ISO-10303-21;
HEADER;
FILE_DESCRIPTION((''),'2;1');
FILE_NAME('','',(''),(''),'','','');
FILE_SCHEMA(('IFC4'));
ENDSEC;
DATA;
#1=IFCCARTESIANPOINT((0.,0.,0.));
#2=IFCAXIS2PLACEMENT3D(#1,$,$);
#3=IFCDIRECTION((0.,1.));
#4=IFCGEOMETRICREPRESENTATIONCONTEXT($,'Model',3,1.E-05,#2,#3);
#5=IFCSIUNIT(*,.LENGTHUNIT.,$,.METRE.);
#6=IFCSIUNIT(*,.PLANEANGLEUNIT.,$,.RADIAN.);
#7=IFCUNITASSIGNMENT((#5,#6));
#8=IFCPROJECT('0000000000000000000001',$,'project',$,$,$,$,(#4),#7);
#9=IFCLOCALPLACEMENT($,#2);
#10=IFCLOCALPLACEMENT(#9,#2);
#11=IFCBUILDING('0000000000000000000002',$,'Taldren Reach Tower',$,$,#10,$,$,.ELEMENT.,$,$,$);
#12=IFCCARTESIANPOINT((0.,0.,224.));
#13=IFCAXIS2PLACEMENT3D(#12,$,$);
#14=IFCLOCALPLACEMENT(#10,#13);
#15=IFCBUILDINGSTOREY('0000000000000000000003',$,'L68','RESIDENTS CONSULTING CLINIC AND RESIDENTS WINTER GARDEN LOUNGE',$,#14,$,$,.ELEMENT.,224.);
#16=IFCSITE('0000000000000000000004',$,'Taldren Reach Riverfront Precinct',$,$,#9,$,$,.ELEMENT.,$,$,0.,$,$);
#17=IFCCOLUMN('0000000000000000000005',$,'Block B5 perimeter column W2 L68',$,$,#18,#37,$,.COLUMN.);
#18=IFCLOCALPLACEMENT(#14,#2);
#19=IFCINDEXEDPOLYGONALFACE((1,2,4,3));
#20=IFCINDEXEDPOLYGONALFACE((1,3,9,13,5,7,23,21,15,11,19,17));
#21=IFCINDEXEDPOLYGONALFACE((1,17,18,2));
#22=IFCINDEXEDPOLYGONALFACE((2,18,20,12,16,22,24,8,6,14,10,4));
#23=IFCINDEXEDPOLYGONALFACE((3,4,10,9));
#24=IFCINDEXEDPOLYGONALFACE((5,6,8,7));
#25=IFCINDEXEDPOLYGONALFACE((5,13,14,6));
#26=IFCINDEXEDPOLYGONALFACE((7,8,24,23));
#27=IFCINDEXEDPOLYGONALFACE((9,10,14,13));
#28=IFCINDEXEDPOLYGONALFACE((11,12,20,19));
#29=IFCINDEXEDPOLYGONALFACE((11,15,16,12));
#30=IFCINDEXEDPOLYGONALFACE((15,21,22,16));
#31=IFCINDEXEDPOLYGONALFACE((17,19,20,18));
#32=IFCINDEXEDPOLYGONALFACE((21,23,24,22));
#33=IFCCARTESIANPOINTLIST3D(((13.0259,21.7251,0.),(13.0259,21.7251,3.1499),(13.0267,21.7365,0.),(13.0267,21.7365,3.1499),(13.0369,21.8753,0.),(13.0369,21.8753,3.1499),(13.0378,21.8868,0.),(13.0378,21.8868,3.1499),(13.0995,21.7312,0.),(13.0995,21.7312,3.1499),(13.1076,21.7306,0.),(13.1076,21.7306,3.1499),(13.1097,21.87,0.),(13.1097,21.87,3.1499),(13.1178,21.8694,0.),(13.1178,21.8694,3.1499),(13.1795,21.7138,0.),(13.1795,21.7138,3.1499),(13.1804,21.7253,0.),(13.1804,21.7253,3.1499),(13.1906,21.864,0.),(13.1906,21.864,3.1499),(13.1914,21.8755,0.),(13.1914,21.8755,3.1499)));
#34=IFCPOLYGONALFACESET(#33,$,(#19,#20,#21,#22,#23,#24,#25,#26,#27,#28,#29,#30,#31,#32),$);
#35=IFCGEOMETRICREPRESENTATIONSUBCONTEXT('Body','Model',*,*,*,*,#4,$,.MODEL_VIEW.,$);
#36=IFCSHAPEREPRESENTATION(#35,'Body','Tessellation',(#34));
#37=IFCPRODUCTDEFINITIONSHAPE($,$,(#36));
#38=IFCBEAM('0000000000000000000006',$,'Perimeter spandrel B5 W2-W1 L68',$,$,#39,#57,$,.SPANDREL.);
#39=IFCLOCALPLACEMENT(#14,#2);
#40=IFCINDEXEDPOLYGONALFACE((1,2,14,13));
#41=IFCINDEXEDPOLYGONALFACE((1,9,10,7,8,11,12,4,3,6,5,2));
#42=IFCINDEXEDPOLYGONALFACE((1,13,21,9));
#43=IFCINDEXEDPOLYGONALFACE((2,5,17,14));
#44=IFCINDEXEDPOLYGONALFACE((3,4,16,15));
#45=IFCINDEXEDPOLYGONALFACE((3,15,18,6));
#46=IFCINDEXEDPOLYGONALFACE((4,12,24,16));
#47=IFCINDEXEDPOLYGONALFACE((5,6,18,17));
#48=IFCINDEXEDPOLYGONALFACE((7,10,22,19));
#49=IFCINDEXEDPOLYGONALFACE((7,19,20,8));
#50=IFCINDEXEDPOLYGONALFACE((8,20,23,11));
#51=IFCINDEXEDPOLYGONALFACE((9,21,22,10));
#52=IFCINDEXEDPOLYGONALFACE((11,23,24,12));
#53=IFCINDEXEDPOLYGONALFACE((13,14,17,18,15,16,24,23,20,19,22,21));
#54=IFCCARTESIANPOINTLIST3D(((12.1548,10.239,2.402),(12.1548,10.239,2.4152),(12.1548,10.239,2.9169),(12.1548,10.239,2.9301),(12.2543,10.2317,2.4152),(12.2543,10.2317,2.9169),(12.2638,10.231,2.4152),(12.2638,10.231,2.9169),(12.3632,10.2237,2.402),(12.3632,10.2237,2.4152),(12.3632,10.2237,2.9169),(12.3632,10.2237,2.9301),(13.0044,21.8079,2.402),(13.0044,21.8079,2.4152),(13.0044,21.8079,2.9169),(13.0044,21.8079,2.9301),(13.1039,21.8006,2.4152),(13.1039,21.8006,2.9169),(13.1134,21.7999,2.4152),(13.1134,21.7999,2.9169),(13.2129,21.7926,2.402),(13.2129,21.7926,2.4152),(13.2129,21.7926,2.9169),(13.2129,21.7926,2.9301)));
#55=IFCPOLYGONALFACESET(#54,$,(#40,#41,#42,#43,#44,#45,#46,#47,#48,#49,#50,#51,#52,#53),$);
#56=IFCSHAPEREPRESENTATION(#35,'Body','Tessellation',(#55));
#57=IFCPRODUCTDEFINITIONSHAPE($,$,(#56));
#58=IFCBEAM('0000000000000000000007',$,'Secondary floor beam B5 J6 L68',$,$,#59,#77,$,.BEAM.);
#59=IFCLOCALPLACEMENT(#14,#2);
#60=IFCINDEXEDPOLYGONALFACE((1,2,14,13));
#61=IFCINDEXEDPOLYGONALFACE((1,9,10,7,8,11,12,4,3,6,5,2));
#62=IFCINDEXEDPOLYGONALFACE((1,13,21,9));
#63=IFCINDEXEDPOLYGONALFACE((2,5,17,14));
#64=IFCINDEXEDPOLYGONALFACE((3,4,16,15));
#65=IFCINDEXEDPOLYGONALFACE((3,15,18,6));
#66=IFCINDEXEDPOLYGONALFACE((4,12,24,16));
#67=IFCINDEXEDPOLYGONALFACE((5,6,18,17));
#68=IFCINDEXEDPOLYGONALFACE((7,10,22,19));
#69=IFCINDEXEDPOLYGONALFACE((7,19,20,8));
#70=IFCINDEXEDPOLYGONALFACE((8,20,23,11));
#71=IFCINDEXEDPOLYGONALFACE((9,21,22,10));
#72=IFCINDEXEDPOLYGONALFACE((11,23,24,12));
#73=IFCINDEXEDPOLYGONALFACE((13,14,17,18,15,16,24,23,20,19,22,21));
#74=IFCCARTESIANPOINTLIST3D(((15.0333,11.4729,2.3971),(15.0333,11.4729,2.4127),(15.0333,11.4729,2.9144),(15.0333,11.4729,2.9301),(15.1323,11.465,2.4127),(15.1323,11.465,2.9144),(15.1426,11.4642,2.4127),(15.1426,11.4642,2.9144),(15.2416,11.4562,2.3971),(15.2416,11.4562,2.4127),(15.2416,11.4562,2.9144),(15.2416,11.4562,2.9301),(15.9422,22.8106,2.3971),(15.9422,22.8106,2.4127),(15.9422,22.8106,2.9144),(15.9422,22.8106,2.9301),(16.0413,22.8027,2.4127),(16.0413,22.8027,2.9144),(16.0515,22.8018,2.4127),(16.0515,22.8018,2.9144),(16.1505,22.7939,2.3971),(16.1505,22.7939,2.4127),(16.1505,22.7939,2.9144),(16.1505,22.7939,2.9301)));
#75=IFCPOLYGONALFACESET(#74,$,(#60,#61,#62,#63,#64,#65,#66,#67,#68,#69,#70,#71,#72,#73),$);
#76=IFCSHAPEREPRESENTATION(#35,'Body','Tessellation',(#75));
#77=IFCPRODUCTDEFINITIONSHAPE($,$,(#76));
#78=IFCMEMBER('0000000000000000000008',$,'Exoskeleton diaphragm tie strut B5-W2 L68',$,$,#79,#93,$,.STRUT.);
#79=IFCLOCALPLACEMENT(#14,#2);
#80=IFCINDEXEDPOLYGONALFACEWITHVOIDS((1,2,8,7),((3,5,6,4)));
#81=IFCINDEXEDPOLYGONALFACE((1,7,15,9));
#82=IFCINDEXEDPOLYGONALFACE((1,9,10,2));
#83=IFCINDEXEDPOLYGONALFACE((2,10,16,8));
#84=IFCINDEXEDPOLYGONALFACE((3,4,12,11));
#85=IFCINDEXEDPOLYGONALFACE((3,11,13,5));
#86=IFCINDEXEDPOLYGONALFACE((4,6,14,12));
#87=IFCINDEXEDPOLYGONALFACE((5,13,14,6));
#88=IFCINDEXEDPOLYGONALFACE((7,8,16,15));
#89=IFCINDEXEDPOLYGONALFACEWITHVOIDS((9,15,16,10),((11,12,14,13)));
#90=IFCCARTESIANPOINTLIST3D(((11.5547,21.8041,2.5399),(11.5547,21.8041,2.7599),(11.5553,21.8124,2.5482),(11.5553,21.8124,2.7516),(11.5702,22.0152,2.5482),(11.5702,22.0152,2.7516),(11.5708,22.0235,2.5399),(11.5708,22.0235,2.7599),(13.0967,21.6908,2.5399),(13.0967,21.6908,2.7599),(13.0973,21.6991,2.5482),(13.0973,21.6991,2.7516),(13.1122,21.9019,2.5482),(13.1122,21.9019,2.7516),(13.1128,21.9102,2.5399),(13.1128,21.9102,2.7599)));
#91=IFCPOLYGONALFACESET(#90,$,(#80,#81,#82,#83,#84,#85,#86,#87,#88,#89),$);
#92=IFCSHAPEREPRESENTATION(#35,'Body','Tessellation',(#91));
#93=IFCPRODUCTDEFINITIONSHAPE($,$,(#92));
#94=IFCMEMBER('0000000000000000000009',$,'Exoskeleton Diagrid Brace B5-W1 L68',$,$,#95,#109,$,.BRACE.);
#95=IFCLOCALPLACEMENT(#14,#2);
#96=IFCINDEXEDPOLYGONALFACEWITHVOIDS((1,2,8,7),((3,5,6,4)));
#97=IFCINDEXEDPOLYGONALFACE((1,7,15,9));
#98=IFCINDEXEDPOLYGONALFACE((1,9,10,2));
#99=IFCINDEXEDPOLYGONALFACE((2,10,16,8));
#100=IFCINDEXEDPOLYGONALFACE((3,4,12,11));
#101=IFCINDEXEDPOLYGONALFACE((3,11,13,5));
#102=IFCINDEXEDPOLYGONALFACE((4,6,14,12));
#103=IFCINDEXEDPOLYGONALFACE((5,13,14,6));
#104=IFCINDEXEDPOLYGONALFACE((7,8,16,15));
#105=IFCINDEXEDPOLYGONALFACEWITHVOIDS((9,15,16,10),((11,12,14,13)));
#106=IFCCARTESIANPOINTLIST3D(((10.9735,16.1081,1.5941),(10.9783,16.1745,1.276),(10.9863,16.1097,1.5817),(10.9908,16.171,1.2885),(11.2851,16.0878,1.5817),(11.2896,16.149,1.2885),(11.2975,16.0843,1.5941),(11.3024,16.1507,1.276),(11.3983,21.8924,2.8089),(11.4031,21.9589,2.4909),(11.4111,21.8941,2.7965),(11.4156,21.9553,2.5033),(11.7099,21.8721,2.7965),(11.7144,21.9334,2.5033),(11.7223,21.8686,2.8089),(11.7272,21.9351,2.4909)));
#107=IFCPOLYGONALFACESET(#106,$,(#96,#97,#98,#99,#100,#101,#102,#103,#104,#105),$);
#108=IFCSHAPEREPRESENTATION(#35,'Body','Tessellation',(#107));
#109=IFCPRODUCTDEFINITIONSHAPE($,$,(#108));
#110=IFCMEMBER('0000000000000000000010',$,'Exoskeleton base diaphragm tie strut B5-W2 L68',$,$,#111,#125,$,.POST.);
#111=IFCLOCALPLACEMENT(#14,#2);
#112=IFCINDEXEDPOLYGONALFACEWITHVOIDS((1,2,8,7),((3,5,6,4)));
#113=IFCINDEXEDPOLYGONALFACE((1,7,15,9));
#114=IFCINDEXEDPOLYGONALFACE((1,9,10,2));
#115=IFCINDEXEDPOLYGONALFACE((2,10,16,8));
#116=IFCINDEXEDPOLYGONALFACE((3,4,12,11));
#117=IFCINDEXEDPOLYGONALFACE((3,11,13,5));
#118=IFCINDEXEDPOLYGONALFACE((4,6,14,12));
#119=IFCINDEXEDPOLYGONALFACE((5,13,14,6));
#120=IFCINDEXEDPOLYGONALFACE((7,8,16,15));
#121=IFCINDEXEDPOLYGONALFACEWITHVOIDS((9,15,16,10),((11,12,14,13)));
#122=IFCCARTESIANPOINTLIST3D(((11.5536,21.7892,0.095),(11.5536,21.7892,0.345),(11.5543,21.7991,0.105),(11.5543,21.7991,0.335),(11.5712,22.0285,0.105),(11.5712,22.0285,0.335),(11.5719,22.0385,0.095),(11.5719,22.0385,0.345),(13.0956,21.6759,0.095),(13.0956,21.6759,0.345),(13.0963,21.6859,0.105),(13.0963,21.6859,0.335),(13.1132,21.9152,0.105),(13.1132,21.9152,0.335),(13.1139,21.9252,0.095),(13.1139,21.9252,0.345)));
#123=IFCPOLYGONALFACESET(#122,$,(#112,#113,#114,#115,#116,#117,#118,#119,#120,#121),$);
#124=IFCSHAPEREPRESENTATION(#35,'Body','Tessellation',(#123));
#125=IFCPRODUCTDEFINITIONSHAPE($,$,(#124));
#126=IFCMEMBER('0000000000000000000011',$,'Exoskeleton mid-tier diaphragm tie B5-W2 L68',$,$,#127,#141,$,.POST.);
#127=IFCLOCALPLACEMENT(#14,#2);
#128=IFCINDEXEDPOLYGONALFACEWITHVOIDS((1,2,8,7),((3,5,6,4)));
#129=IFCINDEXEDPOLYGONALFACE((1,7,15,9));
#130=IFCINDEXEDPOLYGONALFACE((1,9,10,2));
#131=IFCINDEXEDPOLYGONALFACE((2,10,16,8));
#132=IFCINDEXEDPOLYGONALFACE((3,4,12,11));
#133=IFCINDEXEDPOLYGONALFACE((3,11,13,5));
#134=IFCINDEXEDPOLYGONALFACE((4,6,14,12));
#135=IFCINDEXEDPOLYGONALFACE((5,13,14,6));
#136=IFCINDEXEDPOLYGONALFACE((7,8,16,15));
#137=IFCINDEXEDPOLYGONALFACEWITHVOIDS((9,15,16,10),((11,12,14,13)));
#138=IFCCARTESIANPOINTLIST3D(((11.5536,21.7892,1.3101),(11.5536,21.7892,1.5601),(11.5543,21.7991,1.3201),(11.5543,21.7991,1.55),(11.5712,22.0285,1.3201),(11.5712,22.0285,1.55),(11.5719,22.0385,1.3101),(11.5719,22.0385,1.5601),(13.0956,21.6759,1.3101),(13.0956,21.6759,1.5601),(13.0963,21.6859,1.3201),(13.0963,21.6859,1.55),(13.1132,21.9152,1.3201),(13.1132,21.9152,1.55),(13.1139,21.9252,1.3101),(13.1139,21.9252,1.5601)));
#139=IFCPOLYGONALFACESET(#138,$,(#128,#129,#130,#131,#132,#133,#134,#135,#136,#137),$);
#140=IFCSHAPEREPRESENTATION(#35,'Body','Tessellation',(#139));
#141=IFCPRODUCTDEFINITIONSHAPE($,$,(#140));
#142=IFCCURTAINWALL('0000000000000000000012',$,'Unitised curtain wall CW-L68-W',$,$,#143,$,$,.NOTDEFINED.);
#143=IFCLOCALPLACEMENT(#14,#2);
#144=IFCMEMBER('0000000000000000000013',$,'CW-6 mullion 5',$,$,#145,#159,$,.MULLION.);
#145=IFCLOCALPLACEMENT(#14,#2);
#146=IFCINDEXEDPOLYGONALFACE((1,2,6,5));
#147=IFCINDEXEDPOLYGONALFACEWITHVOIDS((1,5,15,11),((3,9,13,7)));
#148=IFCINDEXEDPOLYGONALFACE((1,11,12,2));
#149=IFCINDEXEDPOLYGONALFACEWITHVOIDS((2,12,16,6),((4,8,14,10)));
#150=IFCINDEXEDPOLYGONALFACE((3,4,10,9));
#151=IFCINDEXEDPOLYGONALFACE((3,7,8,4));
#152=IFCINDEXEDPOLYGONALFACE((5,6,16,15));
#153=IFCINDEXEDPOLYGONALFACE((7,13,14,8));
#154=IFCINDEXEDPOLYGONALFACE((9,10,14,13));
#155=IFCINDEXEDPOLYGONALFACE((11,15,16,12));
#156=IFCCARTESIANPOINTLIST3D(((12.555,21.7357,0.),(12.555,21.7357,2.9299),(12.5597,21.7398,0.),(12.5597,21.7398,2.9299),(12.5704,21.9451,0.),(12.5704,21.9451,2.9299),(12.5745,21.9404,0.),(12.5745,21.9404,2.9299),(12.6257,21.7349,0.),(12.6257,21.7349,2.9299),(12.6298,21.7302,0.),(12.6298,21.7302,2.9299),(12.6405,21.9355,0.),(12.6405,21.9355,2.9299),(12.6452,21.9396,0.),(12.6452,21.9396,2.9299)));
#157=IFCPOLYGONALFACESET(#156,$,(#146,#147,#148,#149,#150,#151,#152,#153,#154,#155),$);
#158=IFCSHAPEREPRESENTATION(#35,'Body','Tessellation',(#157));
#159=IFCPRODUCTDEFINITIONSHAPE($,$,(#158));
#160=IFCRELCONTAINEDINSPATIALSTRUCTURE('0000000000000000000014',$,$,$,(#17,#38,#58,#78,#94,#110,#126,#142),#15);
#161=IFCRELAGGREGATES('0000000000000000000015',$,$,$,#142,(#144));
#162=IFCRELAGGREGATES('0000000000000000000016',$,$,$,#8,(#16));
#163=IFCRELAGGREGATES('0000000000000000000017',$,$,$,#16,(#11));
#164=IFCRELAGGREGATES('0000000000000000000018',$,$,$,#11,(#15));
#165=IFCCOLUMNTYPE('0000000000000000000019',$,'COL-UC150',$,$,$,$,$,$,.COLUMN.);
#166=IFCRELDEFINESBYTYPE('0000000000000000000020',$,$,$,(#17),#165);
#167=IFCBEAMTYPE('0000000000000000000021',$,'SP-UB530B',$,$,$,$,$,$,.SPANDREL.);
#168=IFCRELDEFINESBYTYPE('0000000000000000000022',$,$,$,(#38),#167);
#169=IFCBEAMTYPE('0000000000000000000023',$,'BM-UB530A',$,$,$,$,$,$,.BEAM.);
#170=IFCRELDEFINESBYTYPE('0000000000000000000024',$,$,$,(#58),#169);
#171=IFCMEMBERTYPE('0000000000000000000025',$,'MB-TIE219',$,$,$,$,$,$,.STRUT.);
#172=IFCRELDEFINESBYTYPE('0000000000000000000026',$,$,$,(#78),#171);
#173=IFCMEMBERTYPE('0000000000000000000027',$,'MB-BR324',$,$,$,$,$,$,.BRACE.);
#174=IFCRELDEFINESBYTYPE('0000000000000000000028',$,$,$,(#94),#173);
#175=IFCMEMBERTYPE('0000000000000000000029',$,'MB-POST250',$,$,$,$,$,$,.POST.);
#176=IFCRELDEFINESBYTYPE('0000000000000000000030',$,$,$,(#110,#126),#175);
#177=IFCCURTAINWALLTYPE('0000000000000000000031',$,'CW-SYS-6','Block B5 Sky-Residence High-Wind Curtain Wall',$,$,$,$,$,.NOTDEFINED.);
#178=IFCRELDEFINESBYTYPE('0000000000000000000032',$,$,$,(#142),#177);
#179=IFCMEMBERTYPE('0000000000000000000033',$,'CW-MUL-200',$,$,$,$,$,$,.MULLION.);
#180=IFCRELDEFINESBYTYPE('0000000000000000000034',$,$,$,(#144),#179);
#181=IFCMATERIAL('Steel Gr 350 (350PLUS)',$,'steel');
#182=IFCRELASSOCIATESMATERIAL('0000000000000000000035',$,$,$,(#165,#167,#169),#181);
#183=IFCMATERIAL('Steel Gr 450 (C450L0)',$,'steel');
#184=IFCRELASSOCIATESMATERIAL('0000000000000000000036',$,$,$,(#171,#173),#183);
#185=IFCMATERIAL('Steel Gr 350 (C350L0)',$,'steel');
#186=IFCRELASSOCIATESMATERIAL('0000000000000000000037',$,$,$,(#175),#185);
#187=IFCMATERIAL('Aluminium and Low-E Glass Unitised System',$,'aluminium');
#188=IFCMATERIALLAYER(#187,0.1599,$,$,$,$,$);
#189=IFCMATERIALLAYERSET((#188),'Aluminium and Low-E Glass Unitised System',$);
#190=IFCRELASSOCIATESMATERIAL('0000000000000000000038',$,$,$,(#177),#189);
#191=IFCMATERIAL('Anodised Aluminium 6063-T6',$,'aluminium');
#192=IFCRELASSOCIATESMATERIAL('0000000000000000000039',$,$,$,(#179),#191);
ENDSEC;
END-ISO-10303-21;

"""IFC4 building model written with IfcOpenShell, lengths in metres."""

from ifc_helpers import new_model, si_unit, direction, frame, origin, origin_2d, place, context, subcontext, project, spatial, hollow_rectangle, i_section, extrude, source, transform, mapped, material, layer, layer_set, material_profile, profile_set, type_object, element, aggregate, save


model = new_model("IFC4")

# Units and contexts
model_context = context("Model", 3, precision=1e-05, world=origin(), true_north=direction((0.0, 1.0)))
body_context = subcontext(model_context, "Body", "Model", "MODEL_VIEW")
ifc_project = project(units=[si_unit("LENGTHUNIT", "METRE"), si_unit("PLANEANGLEUNIT", "RADIAN")], contexts=[model_context])

# Site, building, storey
site_placement = place(None, origin())
site = spatial("IfcSite", under=ifc_project, at=site_placement, Name="Taldren Reach Riverfront Precinct", CompositionType="ELEMENT", RefElevation=0.0)
building_placement = place(site_placement, origin())
building = spatial("IfcBuilding", under=site, at=building_placement, Name="Taldren Reach Tower", CompositionType="ELEMENT")
storey_placement = place(building_placement, frame((0.0, 0.0, 224.0)))
storey = spatial("IfcBuildingStorey", under=building, at=storey_placement, Name="L68", Description="RESIDENTS CONSULTING CLINIC AND RESIDENTS WINTER GARDEN LOUNGE", CompositionType="ELEMENT", Elevation=224.0)

# Column
ifc_material_1 = material(Name="Steel Gr 350 (350PLUS)", Category="steel")
ifc_material_profile_1 = material_profile(ifc_material_1, i_section(OverallWidth=0.1541, OverallDepth=0.1621, WebThickness=0.0081, FlangeThickness=0.0115, at=origin_2d()), Name="150UC37.2")
ifc_profile_set_1 = profile_set([ifc_material_profile_1], Name="Steel Gr 350 (350PLUS)")
column_type = type_object("IfcColumnType", Name="COL-UC150", PredefinedType="COLUMN", material=ifc_profile_set_1)
shared_shape_1 = source(origin(), body_context, "Body", "SweptSolid", [
    extrude(i_section(OverallWidth=0.1541, OverallDepth=0.1621, WebThickness=0.0081, FlangeThickness=0.0115, at=origin_2d()), origin(), (0.0, 0.0, 1.0), 3.1499),
])
column_placement = place(storey_placement, frame((13.1086, 21.8003, 0.0), z_axis=(0.0, 0.0, 1.0), x_axis=(0.997314, -0.073238, 0.0)))
element("IfcColumn", 1, at=column_placement, inside=storey, type_object=column_type, Name="Block B5 perimeter column W2 L68", PredefinedType="COLUMN", context=body_context, shape_type="MappedRepresentation", body=[
    mapped(shared_shape_1, transform((0.0, 0.0, 0.0), scale=1.0)),
])

# Beams
ifc_material_profile_2 = material_profile(ifc_material_1, i_section(OverallWidth=0.209, OverallDepth=0.5281, WebThickness=0.0095, FlangeThickness=0.0132, at=origin_2d()), Name="530UB82.0")
ifc_profile_set_2 = profile_set([ifc_material_profile_2], Name="Steel Gr 350 (350PLUS)")
beam_type_1 = type_object("IfcBeamType", Name="SP-UB530B", PredefinedType="SPANDREL", material=ifc_profile_set_2)
shared_shape_2 = source(origin(), body_context, "Body", "SweptSolid", [
    extrude(i_section(OverallWidth=0.209, OverallDepth=0.5281, WebThickness=0.0095, FlangeThickness=0.0132, at=origin_2d()), origin(), (0.0, 0.0, 1.0), 11.6001),
])
beam_1_placement = place(storey_placement, frame((13.1086, 21.8003, 2.666), z_axis=(-0.073242, -0.997314, 0.0), x_axis=(0.997314, -0.073242, 0.0)))
element("IfcBeam", 2, at=beam_1_placement, inside=storey, type_object=beam_type_1, Name="Perimeter spandrel B5 W2-W1 L68", PredefinedType="SPANDREL", context=body_context, shape_type="MappedRepresentation", body=[
    mapped(shared_shape_2, transform((0.0, 0.0, 0.0), scale=1.0)),
])
ifc_material_profile_3 = material_profile(ifc_material_1, i_section(OverallWidth=0.209, OverallDepth=0.533, WebThickness=0.0103, FlangeThickness=0.0156, at=origin_2d()), Name="530UB92.4")
ifc_profile_set_3 = profile_set([ifc_material_profile_3], Name="Steel Gr 350 (350PLUS)")
beam_type_2 = type_object("IfcBeamType", Name="BM-UB530A", PredefinedType="BEAM", material=ifc_profile_set_3)
shared_shape_3 = source(origin(), body_context, "Body", "SweptSolid", [
    extrude(i_section(OverallWidth=0.209, OverallDepth=0.533, WebThickness=0.0103, FlangeThickness=0.0156, at=origin_2d()), origin(), (0.0, 0.0, 1.0), 11.374),
])
beam_2_placement = place(storey_placement, frame((15.1375, 11.4646, 2.6636), z_axis=(0.079913, 0.996802, 0.0), x_axis=(-0.996802, 0.079913, 0.0)))
element("IfcBeam", 3, at=beam_2_placement, inside=storey, type_object=beam_type_2, Name="Secondary floor beam B5 J6 L68", PredefinedType="BEAM", context=body_context, shape_type="MappedRepresentation", body=[
    mapped(shared_shape_3, transform((0.0, 0.0, 0.0), scale=1.0)),
])

# Members
ifc_material_2 = material(Name="Steel Gr 450 (C450L0)", Category="steel")
ifc_material_profile_4 = material_profile(ifc_material_2, hollow_rectangle(XDim=0.22, YDim=0.22, WallThickness=0.0083, at=origin_2d()), Name="220x220x8.2SHS")
ifc_profile_set_4 = profile_set([ifc_material_profile_4], Name="Steel Gr 450 (C450L0)")
member_type_1 = type_object("IfcMemberType", Name="MB-TIE219", PredefinedType="STRUT", material=ifc_profile_set_4)
shared_shape_4 = source(origin(), body_context, "Body", "SweptSolid", [
    extrude(hollow_rectangle(XDim=0.22, YDim=0.22, WallThickness=0.0083, at=origin_2d()), origin(), (0.0, 0.0, 1.0), 1.5461),
])
member_1_placement = place(storey_placement, frame((13.1047, 21.8005, 2.6499), z_axis=(-0.997312, 0.073267, 0.0), x_axis=(-0.073267, -0.997312, 0.0)))
element("IfcMember", 4, at=member_1_placement, inside=storey, type_object=member_type_1, Name="Exoskeleton diaphragm tie strut B5-W2 L68", PredefinedType="STRUT", context=body_context, shape_type="MappedRepresentation", body=[
    mapped(shared_shape_4, transform((0.0, 0.0, 0.0), scale=1.0)),
])
ifc_material_profile_5 = material_profile(ifc_material_2, hollow_rectangle(XDim=0.325, YDim=0.325, WallThickness=0.0127, at=origin_2d()), Name="325x325x12.7SHS")
ifc_profile_set_5 = profile_set([ifc_material_profile_5], Name="Steel Gr 450 (C450L0)")
member_type_2 = type_object("IfcMemberType", Name="MB-BR324", PredefinedType="BRACE", material=ifc_profile_set_5)
shared_shape_5 = source(origin(), body_context, "Body", "SweptSolid", [
    extrude(hollow_rectangle(XDim=0.325, YDim=0.325, WallThickness=0.0127, at=origin_2d()), origin(), (0.0, 0.0, 1.0), 5.9258),
])
member_2_placement = place(storey_placement, frame((11.1379, 16.1294, 1.4351), z_axis=(0.071687, 0.976132, 0.205007), x_axis=(-0.997314, 0.073242, 0.0)))
element("IfcMember", 5, at=member_2_placement, inside=storey, type_object=member_type_2, Name="Exoskeleton Diagrid Brace B5-W1 L68", PredefinedType="BRACE", context=body_context, shape_type="MappedRepresentation", body=[
    mapped(shared_shape_5, transform((0.0, 0.0, 0.0), scale=1.0)),
])
ifc_material_3 = material(Name="Steel Gr 350 (C350L0)", Category="steel")
ifc_material_profile_6 = material_profile(ifc_material_3, hollow_rectangle(XDim=0.25, YDim=0.25, WallThickness=0.01, at=origin_2d()), Name="250x250x10.0SHS")
ifc_profile_set_6 = profile_set([ifc_material_profile_6], Name="Steel Gr 350 (C350L0)")
member_type_3 = type_object("IfcMemberType", Name="MB-POST250", PredefinedType="POST", material=ifc_profile_set_6)
shared_shape_6 = source(origin(), body_context, "Body", "SweptSolid", [
    extrude(hollow_rectangle(XDim=0.25, YDim=0.25, WallThickness=0.01, at=origin_2d()), origin(), (0.0, 0.0, 1.0), 1.5461),
])
for number, where, z_axis, x_axis, name in (
    (6, (13.1047, 21.8005, 0.22), (-0.997312, 0.073267, 0.0), (-0.073267, -0.997312, 0.0), "Exoskeleton base diaphragm tie strut B5-W2 L68"),
    (7, (13.1047, 21.8005, 1.4351), (-0.997312, 0.073267, 0.0), (-0.073267, -0.997312, 0.0), "Exoskeleton mid-tier diaphragm tie B5-W2 L68"),
):
    element("IfcMember", number, at=place(storey_placement, frame(where, z_axis=z_axis, x_axis=x_axis)), inside=storey, type_object=member_type_3, Name=name, PredefinedType="POST", context=body_context, shape_type="MappedRepresentation", body=[
        mapped(shared_shape_6, transform((0.0, 0.0, 0.0), scale=1.0)),
    ])

# Curtain wall, member
ifc_material_4 = material(Name="Aluminium and Low-E Glass Unitised System", Category="aluminium")
ifc_layer_1 = layer(ifc_material_4, 0.1599)
ifc_layer_set_1 = layer_set([ifc_layer_1], Name="Aluminium and Low-E Glass Unitised System")
curtain_wall_type = type_object("IfcCurtainWallType", Name="CW-SYS-6", Description="Block B5 Sky-Residence High-Wind Curtain Wall", PredefinedType="NOTDEFINED", material=ifc_layer_set_1)
curtain_wall_placement = place(storey_placement, origin())
curtain_wall = element("IfcCurtainWall", 8, at=curtain_wall_placement, inside=storey, type_object=curtain_wall_type, Name="Unitised curtain wall CW-L68-W", PredefinedType="NOTDEFINED")
ifc_material_5 = material(Name="Anodised Aluminium 6063-T6", Category="aluminium")
ifc_material_profile_7 = material_profile(ifc_material_5, hollow_rectangle(XDim=0.075, YDim=0.21, WallThickness=0.0044, at=origin_2d()), Name="ALU-210x75x4.5RHS")
ifc_profile_set_7 = profile_set([ifc_material_profile_7], Name="Anodised Aluminium 6063-T6")
member_type_4 = type_object("IfcMemberType", Name="CW-MUL-200", PredefinedType="MULLION", material=ifc_profile_set_7)
shared_shape_7 = source(origin(), body_context, "Body", "SweptSolid", [
    extrude(hollow_rectangle(XDim=0.075, YDim=0.21, WallThickness=0.0044, at=origin_2d()), origin(), (0.0, 0.0, 1.0), 2.9299),
])
member_3_placement = place(storey_placement, frame((12.6001, 21.8376, 0.0), z_axis=(0.0, 0.0, 1.0), x_axis=(0.997314, -0.073238, 0.0)))
member_3 = element("IfcMember", 9, at=member_3_placement, type_object=member_type_4, Name="CW-6 mullion 5", PredefinedType="MULLION", context=body_context, shape_type="MappedRepresentation", body=[
    mapped(shared_shape_7, transform((0.0, 0.0, 0.0), scale=1.0)),
])
aggregate(curtain_wall, [member_3])

save(model, "model.ifc")
